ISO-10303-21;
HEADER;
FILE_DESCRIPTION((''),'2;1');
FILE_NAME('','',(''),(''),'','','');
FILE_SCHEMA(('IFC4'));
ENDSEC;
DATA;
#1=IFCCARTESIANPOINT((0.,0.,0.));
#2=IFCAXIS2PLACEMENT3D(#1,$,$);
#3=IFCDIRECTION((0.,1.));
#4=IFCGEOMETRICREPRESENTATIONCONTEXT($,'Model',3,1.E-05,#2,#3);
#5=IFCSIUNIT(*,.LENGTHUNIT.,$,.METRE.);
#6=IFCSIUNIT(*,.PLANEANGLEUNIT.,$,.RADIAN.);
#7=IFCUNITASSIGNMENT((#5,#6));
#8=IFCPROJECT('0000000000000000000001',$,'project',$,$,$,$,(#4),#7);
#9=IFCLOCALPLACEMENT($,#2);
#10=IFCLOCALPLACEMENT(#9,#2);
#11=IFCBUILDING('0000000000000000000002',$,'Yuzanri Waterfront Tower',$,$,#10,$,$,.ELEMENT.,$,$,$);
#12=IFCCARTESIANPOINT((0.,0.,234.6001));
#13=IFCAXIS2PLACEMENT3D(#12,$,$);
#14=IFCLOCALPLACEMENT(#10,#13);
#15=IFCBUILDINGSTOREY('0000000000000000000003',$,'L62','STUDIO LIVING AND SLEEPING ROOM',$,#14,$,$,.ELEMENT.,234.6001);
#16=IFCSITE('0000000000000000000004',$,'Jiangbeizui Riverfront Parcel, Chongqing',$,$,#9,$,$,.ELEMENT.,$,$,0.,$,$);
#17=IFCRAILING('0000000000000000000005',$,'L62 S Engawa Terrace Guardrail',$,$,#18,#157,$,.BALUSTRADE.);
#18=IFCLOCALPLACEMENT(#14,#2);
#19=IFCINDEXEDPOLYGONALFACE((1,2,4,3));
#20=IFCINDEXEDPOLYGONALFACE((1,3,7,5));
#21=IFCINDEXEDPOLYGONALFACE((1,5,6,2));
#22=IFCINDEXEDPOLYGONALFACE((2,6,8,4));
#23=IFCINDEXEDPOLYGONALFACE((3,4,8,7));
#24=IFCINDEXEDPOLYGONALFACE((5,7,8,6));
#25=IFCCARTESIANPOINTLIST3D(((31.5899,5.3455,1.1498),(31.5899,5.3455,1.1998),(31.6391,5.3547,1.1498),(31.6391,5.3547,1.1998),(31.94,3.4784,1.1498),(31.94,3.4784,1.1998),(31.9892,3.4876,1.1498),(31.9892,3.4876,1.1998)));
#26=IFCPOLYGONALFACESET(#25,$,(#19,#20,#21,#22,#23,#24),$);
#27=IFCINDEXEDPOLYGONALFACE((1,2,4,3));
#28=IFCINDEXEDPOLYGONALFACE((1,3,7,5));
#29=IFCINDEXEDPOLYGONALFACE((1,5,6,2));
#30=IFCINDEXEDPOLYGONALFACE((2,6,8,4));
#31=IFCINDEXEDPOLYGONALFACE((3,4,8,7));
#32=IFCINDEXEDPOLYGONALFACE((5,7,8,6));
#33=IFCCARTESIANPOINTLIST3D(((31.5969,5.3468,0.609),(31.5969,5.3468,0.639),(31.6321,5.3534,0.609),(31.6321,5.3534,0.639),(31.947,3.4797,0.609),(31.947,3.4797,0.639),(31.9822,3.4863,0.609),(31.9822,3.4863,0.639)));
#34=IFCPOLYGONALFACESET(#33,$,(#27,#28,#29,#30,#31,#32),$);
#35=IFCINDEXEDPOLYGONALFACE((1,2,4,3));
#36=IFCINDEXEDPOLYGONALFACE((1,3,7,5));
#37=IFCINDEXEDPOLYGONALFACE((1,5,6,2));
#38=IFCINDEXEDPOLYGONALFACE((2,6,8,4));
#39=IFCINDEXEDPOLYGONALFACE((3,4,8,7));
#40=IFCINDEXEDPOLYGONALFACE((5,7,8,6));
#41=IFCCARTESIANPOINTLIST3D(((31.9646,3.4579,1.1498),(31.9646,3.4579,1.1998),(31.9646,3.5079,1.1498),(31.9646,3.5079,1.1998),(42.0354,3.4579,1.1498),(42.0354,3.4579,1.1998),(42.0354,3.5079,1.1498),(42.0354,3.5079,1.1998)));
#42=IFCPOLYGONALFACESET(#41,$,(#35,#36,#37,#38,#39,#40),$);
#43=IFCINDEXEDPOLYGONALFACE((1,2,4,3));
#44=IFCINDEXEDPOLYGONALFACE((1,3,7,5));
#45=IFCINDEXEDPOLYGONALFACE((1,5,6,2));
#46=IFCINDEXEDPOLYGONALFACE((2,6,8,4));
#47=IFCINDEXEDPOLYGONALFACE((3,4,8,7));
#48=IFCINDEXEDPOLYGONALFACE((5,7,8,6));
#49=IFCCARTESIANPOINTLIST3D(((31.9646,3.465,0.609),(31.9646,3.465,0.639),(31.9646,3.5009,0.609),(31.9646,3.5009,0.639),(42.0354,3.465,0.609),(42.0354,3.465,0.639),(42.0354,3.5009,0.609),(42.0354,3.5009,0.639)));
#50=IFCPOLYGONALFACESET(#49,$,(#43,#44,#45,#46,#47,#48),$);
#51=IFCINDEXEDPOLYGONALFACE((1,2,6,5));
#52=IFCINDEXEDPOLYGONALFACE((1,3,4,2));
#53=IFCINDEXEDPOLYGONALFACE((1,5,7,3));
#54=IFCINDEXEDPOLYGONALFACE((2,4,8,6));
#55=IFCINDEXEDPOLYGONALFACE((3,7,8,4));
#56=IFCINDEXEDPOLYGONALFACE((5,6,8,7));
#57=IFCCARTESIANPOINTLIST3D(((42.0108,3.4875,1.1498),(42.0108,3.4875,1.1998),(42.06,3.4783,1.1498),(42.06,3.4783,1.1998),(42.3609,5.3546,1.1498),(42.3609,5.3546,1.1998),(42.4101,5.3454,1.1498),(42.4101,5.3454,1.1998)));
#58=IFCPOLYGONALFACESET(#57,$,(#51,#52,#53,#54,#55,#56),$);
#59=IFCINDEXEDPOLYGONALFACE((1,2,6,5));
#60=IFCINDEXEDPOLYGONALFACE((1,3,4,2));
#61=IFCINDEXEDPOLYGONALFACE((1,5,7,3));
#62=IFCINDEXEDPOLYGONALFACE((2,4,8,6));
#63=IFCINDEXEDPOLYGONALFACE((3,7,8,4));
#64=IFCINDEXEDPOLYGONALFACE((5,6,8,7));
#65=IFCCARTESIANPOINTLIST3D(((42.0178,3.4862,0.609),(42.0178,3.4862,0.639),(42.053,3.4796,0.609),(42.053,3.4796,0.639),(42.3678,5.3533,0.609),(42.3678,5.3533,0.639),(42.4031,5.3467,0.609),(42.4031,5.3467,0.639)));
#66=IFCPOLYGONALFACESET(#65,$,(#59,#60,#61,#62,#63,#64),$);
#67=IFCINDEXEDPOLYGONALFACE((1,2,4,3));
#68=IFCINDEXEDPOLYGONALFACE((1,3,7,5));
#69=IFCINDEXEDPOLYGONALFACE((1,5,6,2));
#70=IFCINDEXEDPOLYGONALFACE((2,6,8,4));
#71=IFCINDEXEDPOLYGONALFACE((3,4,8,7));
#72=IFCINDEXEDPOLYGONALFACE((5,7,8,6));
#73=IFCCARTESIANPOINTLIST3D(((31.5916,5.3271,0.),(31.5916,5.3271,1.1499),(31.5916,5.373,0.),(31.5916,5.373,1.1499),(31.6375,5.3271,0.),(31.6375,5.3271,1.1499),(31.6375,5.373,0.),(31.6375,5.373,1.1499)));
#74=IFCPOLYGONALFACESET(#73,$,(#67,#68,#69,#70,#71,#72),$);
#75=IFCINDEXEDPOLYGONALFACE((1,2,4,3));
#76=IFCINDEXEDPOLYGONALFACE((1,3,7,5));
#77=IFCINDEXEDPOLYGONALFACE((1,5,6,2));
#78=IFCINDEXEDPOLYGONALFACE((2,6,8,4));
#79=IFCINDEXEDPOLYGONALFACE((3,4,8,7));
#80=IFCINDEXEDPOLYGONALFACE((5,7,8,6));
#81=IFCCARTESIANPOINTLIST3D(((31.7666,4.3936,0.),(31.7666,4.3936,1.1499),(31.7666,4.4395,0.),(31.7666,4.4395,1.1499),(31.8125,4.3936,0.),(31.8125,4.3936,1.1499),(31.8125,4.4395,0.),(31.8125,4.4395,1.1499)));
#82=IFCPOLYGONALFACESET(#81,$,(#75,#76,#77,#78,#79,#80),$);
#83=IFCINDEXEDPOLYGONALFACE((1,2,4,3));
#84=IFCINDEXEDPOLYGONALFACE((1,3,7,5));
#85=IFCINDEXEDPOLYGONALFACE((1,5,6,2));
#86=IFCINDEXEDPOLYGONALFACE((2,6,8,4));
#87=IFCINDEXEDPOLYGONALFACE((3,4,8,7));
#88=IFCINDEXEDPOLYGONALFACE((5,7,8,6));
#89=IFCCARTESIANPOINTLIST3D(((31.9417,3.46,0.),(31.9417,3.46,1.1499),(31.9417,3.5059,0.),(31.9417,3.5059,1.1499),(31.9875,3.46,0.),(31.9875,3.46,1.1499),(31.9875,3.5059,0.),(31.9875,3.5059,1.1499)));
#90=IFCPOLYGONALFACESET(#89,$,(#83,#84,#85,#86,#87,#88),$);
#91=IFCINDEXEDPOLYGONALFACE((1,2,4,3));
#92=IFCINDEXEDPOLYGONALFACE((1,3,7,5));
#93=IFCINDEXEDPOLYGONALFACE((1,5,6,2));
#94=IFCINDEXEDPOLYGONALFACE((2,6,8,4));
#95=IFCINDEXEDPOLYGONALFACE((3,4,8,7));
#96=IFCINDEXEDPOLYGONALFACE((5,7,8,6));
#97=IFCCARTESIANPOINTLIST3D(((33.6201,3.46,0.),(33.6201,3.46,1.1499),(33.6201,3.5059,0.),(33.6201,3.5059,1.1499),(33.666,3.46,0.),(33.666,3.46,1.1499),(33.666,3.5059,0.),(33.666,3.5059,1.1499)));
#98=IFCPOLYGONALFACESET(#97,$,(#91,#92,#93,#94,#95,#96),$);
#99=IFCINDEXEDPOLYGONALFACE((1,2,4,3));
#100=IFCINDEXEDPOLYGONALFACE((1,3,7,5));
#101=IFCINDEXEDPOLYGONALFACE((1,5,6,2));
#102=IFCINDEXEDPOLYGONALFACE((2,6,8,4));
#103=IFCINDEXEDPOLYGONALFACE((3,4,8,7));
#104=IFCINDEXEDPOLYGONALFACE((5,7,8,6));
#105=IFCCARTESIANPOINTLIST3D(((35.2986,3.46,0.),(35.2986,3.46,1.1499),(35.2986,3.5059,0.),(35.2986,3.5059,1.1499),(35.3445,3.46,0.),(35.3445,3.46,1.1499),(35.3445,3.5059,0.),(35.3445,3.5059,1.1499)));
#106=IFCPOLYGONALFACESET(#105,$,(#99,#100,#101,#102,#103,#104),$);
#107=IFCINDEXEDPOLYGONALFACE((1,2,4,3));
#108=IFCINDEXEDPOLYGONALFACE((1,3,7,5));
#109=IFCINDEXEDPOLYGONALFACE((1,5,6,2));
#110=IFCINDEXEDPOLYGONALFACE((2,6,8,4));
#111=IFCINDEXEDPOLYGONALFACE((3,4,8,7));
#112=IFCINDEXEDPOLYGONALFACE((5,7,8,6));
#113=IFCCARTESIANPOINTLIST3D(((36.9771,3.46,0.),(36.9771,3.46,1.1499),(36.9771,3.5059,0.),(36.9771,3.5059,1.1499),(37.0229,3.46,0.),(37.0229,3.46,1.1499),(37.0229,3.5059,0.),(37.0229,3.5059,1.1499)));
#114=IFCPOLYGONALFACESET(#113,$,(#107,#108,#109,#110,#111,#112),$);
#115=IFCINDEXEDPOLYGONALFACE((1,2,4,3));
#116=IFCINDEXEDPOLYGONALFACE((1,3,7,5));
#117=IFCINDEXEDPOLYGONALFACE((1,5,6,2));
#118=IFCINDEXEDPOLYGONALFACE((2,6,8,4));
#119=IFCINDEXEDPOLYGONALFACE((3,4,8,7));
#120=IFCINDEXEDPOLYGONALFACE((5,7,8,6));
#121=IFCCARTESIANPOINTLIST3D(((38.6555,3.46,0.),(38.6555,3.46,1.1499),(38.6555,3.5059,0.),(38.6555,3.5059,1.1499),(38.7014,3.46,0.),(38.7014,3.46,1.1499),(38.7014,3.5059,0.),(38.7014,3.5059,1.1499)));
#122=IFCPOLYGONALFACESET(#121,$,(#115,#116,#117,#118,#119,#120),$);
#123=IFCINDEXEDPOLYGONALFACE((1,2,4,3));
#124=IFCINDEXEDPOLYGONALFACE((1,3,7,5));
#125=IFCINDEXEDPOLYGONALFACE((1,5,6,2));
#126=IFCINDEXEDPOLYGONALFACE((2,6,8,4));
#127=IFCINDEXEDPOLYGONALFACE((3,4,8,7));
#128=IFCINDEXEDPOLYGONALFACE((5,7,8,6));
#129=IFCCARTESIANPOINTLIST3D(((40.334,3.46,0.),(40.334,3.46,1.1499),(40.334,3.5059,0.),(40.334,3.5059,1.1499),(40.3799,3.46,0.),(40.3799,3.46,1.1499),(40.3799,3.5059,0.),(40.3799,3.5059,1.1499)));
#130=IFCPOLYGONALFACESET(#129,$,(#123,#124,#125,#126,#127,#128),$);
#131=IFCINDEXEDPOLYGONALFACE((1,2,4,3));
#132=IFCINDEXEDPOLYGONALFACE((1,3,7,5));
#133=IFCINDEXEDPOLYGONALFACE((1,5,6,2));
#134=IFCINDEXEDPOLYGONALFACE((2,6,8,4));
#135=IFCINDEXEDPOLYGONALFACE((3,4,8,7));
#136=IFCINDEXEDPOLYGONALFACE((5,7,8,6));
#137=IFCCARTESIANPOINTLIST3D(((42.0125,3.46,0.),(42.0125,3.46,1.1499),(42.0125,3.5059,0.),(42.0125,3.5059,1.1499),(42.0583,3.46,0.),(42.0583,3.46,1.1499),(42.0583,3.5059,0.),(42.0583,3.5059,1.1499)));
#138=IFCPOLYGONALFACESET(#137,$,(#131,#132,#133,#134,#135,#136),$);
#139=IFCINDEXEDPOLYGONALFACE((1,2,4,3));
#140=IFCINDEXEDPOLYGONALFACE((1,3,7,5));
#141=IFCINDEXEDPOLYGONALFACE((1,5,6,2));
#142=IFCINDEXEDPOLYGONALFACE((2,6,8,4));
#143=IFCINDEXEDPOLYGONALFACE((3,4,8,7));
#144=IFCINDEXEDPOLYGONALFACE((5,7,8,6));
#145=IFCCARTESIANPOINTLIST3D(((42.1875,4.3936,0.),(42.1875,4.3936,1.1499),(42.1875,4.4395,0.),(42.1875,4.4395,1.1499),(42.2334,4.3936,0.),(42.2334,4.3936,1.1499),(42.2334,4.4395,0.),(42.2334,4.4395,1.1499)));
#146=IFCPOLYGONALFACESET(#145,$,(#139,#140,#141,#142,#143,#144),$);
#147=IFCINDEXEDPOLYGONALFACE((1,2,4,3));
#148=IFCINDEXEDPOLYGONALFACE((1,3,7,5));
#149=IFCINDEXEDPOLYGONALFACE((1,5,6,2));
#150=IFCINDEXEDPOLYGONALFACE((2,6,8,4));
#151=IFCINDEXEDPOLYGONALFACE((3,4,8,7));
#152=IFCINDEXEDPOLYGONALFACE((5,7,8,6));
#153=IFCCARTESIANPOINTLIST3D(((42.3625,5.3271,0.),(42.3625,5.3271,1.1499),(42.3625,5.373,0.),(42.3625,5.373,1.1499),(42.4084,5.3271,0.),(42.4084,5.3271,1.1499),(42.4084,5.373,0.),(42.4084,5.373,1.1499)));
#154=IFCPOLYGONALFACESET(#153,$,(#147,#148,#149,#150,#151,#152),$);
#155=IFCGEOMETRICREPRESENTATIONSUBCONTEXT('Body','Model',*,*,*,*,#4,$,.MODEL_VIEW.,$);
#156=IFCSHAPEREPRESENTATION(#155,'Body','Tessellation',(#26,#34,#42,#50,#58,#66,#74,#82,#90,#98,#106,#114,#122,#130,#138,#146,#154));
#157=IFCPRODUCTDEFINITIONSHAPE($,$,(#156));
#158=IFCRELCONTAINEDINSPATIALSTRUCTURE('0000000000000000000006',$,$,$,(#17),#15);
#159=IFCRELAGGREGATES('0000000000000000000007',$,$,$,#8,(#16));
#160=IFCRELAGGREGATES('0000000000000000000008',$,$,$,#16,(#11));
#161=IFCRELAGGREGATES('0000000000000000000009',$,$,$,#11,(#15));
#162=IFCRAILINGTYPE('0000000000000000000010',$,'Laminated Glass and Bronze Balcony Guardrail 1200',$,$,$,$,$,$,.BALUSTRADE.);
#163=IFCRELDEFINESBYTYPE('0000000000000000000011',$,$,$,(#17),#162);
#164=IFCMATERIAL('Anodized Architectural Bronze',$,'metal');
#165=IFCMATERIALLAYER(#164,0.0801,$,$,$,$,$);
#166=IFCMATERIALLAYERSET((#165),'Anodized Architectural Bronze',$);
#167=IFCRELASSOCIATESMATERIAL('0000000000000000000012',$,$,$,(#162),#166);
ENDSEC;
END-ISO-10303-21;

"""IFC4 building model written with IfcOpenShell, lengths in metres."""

from ifc_helpers import new_model, si_unit, direction, frame, origin, origin_2d, place, context, subcontext, project, spatial, rectangle, extrude, source, transform, mapped, material, layer, layer_set, type_object, element, save


model = new_model("IFC4")

# Units and contexts
model_context = context("Model", 3, precision=1e-05, world=origin(), true_north=direction((0.0, 1.0)))
body_context = subcontext(model_context, "Body", "Model", "MODEL_VIEW")
ifc_project = project(units=[si_unit("LENGTHUNIT", "METRE"), si_unit("PLANEANGLEUNIT", "RADIAN")], contexts=[model_context])

# Site, building, storey
site_placement = place(None, origin())
site = spatial("IfcSite", under=ifc_project, at=site_placement, Name="Jiangbeizui Riverfront Parcel, Chongqing", CompositionType="ELEMENT", RefElevation=0.0)
building_placement = place(site_placement, origin())
building = spatial("IfcBuilding", under=site, at=building_placement, Name="Yuzanri Waterfront Tower", CompositionType="ELEMENT")
storey_placement = place(building_placement, frame((0.0, 0.0, 234.6001)))
storey = spatial("IfcBuildingStorey", under=building, at=storey_placement, Name="L62", Description="STUDIO LIVING AND SLEEPING ROOM", CompositionType="ELEMENT", Elevation=234.6001)

# Railing
ifc_material_1 = material(Name="Anodized Architectural Bronze", Category="metal")
ifc_layer_1 = layer(ifc_material_1, 0.0801)
ifc_layer_set_1 = layer_set([ifc_layer_1], Name="Anodized Architectural Bronze")
railing_type = type_object("IfcRailingType", Name="Laminated Glass and Bronze Balcony Guardrail 1200", PredefinedType="BALUSTRADE", material=ifc_layer_set_1)
shared_shape_1 = source(origin(), body_context, "Body", "SweptSolid", [
    extrude(rectangle(XDim=0.05, YDim=0.05, at=origin_2d()), frame((0.0, 0.0, 1.1748), z_axis=(0.184289, -0.982872, 0.0), x_axis=(0.982872, 0.184289, 0.0)), (0.0, 0.0, 1.0), 1.8997),
    extrude(rectangle(XDim=0.0359, YDim=0.03, at=origin_2d()), frame((0.0, 0.0, 0.624), z_axis=(0.184289, -0.982872, 0.0), x_axis=(0.982872, 0.184289, 0.0)), (0.0, 0.0, 1.0), 1.8997),
    extrude(rectangle(XDim=0.05, YDim=0.05, at=origin_2d()), frame((0.3501, -1.8672, 1.1748), z_axis=(1.0, 0.0, 0.0), x_axis=(0.0, 1.0, 0.0)), (0.0, 0.0, 1.0), 10.0708),
    extrude(rectangle(XDim=0.0359, YDim=0.03, at=origin_2d()), frame((0.3501, -1.8672, 0.624), z_axis=(1.0, 0.0, 0.0), x_axis=(0.0, 1.0, 0.0)), (0.0, 0.0, 1.0), 10.0708),
    extrude(rectangle(XDim=0.05, YDim=0.05, at=origin_2d()), frame((10.4209, -1.8672, 1.1748), z_axis=(0.184289, 0.982872, 0.0), x_axis=(-0.982872, 0.184289, 0.0)), (0.0, 0.0, 1.0), 1.8997),
    extrude(rectangle(XDim=0.0359, YDim=0.03, at=origin_2d()), frame((10.4209, -1.8672, 0.624), z_axis=(0.184289, 0.982872, 0.0), x_axis=(-0.982872, 0.184289, 0.0)), (0.0, 0.0, 1.0), 1.8997),
    extrude(rectangle(XDim=0.0459, YDim=0.0459, at=origin_2d()), origin(), (0.0, 0.0, 1.0), 1.1499),
    extrude(rectangle(XDim=0.0459, YDim=0.0459, at=origin_2d()), frame((0.175, -0.9336, 0.0)), (0.0, 0.0, 1.0), 1.1499),
    extrude(rectangle(XDim=0.0459, YDim=0.0459, at=origin_2d()), frame((0.3501, -1.8672, 0.0)), (0.0, 0.0, 1.0), 1.1499),
    extrude(rectangle(XDim=0.0459, YDim=0.0459, at=origin_2d()), frame((2.0286, -1.8672, 0.0)), (0.0, 0.0, 1.0), 1.1499),
    extrude(rectangle(XDim=0.0459, YDim=0.0459, at=origin_2d()), frame((3.707, -1.8672, 0.0)), (0.0, 0.0, 1.0), 1.1499),
    extrude(rectangle(XDim=0.0459, YDim=0.0459, at=origin_2d()), frame((5.3855, -1.8672, 0.0)), (0.0, 0.0, 1.0), 1.1499),
    extrude(rectangle(XDim=0.0459, YDim=0.0459, at=origin_2d()), frame((7.064, -1.8672, 0.0)), (0.0, 0.0, 1.0), 1.1499),
    extrude(rectangle(XDim=0.0459, YDim=0.0459, at=origin_2d()), frame((8.7424, -1.8672, 0.0)), (0.0, 0.0, 1.0), 1.1499),
    extrude(rectangle(XDim=0.0459, YDim=0.0459, at=origin_2d()), frame((10.4209, -1.8672, 0.0)), (0.0, 0.0, 1.0), 1.1499),
    extrude(rectangle(XDim=0.0459, YDim=0.0459, at=origin_2d()), frame((10.5959, -0.9336, 0.0)), (0.0, 0.0, 1.0), 1.1499),
    extrude(rectangle(XDim=0.0459, YDim=0.0459, at=origin_2d()), frame((10.771, 0.0, 0.0)), (0.0, 0.0, 1.0), 1.1499),
])
railing_placement = place(storey_placement, frame((31.6145, 5.3501, 0.0)))
element("IfcRailing", 1, at=railing_placement, inside=storey, type_object=railing_type, Name="L62 S Engawa Terrace Guardrail", PredefinedType="BALUSTRADE", context=body_context, shape_type="MappedRepresentation", body=[
    mapped(shared_shape_1, transform((0.0, 0.0, 0.0), scale=1.0)),
])

save(model, "model.ifc")
